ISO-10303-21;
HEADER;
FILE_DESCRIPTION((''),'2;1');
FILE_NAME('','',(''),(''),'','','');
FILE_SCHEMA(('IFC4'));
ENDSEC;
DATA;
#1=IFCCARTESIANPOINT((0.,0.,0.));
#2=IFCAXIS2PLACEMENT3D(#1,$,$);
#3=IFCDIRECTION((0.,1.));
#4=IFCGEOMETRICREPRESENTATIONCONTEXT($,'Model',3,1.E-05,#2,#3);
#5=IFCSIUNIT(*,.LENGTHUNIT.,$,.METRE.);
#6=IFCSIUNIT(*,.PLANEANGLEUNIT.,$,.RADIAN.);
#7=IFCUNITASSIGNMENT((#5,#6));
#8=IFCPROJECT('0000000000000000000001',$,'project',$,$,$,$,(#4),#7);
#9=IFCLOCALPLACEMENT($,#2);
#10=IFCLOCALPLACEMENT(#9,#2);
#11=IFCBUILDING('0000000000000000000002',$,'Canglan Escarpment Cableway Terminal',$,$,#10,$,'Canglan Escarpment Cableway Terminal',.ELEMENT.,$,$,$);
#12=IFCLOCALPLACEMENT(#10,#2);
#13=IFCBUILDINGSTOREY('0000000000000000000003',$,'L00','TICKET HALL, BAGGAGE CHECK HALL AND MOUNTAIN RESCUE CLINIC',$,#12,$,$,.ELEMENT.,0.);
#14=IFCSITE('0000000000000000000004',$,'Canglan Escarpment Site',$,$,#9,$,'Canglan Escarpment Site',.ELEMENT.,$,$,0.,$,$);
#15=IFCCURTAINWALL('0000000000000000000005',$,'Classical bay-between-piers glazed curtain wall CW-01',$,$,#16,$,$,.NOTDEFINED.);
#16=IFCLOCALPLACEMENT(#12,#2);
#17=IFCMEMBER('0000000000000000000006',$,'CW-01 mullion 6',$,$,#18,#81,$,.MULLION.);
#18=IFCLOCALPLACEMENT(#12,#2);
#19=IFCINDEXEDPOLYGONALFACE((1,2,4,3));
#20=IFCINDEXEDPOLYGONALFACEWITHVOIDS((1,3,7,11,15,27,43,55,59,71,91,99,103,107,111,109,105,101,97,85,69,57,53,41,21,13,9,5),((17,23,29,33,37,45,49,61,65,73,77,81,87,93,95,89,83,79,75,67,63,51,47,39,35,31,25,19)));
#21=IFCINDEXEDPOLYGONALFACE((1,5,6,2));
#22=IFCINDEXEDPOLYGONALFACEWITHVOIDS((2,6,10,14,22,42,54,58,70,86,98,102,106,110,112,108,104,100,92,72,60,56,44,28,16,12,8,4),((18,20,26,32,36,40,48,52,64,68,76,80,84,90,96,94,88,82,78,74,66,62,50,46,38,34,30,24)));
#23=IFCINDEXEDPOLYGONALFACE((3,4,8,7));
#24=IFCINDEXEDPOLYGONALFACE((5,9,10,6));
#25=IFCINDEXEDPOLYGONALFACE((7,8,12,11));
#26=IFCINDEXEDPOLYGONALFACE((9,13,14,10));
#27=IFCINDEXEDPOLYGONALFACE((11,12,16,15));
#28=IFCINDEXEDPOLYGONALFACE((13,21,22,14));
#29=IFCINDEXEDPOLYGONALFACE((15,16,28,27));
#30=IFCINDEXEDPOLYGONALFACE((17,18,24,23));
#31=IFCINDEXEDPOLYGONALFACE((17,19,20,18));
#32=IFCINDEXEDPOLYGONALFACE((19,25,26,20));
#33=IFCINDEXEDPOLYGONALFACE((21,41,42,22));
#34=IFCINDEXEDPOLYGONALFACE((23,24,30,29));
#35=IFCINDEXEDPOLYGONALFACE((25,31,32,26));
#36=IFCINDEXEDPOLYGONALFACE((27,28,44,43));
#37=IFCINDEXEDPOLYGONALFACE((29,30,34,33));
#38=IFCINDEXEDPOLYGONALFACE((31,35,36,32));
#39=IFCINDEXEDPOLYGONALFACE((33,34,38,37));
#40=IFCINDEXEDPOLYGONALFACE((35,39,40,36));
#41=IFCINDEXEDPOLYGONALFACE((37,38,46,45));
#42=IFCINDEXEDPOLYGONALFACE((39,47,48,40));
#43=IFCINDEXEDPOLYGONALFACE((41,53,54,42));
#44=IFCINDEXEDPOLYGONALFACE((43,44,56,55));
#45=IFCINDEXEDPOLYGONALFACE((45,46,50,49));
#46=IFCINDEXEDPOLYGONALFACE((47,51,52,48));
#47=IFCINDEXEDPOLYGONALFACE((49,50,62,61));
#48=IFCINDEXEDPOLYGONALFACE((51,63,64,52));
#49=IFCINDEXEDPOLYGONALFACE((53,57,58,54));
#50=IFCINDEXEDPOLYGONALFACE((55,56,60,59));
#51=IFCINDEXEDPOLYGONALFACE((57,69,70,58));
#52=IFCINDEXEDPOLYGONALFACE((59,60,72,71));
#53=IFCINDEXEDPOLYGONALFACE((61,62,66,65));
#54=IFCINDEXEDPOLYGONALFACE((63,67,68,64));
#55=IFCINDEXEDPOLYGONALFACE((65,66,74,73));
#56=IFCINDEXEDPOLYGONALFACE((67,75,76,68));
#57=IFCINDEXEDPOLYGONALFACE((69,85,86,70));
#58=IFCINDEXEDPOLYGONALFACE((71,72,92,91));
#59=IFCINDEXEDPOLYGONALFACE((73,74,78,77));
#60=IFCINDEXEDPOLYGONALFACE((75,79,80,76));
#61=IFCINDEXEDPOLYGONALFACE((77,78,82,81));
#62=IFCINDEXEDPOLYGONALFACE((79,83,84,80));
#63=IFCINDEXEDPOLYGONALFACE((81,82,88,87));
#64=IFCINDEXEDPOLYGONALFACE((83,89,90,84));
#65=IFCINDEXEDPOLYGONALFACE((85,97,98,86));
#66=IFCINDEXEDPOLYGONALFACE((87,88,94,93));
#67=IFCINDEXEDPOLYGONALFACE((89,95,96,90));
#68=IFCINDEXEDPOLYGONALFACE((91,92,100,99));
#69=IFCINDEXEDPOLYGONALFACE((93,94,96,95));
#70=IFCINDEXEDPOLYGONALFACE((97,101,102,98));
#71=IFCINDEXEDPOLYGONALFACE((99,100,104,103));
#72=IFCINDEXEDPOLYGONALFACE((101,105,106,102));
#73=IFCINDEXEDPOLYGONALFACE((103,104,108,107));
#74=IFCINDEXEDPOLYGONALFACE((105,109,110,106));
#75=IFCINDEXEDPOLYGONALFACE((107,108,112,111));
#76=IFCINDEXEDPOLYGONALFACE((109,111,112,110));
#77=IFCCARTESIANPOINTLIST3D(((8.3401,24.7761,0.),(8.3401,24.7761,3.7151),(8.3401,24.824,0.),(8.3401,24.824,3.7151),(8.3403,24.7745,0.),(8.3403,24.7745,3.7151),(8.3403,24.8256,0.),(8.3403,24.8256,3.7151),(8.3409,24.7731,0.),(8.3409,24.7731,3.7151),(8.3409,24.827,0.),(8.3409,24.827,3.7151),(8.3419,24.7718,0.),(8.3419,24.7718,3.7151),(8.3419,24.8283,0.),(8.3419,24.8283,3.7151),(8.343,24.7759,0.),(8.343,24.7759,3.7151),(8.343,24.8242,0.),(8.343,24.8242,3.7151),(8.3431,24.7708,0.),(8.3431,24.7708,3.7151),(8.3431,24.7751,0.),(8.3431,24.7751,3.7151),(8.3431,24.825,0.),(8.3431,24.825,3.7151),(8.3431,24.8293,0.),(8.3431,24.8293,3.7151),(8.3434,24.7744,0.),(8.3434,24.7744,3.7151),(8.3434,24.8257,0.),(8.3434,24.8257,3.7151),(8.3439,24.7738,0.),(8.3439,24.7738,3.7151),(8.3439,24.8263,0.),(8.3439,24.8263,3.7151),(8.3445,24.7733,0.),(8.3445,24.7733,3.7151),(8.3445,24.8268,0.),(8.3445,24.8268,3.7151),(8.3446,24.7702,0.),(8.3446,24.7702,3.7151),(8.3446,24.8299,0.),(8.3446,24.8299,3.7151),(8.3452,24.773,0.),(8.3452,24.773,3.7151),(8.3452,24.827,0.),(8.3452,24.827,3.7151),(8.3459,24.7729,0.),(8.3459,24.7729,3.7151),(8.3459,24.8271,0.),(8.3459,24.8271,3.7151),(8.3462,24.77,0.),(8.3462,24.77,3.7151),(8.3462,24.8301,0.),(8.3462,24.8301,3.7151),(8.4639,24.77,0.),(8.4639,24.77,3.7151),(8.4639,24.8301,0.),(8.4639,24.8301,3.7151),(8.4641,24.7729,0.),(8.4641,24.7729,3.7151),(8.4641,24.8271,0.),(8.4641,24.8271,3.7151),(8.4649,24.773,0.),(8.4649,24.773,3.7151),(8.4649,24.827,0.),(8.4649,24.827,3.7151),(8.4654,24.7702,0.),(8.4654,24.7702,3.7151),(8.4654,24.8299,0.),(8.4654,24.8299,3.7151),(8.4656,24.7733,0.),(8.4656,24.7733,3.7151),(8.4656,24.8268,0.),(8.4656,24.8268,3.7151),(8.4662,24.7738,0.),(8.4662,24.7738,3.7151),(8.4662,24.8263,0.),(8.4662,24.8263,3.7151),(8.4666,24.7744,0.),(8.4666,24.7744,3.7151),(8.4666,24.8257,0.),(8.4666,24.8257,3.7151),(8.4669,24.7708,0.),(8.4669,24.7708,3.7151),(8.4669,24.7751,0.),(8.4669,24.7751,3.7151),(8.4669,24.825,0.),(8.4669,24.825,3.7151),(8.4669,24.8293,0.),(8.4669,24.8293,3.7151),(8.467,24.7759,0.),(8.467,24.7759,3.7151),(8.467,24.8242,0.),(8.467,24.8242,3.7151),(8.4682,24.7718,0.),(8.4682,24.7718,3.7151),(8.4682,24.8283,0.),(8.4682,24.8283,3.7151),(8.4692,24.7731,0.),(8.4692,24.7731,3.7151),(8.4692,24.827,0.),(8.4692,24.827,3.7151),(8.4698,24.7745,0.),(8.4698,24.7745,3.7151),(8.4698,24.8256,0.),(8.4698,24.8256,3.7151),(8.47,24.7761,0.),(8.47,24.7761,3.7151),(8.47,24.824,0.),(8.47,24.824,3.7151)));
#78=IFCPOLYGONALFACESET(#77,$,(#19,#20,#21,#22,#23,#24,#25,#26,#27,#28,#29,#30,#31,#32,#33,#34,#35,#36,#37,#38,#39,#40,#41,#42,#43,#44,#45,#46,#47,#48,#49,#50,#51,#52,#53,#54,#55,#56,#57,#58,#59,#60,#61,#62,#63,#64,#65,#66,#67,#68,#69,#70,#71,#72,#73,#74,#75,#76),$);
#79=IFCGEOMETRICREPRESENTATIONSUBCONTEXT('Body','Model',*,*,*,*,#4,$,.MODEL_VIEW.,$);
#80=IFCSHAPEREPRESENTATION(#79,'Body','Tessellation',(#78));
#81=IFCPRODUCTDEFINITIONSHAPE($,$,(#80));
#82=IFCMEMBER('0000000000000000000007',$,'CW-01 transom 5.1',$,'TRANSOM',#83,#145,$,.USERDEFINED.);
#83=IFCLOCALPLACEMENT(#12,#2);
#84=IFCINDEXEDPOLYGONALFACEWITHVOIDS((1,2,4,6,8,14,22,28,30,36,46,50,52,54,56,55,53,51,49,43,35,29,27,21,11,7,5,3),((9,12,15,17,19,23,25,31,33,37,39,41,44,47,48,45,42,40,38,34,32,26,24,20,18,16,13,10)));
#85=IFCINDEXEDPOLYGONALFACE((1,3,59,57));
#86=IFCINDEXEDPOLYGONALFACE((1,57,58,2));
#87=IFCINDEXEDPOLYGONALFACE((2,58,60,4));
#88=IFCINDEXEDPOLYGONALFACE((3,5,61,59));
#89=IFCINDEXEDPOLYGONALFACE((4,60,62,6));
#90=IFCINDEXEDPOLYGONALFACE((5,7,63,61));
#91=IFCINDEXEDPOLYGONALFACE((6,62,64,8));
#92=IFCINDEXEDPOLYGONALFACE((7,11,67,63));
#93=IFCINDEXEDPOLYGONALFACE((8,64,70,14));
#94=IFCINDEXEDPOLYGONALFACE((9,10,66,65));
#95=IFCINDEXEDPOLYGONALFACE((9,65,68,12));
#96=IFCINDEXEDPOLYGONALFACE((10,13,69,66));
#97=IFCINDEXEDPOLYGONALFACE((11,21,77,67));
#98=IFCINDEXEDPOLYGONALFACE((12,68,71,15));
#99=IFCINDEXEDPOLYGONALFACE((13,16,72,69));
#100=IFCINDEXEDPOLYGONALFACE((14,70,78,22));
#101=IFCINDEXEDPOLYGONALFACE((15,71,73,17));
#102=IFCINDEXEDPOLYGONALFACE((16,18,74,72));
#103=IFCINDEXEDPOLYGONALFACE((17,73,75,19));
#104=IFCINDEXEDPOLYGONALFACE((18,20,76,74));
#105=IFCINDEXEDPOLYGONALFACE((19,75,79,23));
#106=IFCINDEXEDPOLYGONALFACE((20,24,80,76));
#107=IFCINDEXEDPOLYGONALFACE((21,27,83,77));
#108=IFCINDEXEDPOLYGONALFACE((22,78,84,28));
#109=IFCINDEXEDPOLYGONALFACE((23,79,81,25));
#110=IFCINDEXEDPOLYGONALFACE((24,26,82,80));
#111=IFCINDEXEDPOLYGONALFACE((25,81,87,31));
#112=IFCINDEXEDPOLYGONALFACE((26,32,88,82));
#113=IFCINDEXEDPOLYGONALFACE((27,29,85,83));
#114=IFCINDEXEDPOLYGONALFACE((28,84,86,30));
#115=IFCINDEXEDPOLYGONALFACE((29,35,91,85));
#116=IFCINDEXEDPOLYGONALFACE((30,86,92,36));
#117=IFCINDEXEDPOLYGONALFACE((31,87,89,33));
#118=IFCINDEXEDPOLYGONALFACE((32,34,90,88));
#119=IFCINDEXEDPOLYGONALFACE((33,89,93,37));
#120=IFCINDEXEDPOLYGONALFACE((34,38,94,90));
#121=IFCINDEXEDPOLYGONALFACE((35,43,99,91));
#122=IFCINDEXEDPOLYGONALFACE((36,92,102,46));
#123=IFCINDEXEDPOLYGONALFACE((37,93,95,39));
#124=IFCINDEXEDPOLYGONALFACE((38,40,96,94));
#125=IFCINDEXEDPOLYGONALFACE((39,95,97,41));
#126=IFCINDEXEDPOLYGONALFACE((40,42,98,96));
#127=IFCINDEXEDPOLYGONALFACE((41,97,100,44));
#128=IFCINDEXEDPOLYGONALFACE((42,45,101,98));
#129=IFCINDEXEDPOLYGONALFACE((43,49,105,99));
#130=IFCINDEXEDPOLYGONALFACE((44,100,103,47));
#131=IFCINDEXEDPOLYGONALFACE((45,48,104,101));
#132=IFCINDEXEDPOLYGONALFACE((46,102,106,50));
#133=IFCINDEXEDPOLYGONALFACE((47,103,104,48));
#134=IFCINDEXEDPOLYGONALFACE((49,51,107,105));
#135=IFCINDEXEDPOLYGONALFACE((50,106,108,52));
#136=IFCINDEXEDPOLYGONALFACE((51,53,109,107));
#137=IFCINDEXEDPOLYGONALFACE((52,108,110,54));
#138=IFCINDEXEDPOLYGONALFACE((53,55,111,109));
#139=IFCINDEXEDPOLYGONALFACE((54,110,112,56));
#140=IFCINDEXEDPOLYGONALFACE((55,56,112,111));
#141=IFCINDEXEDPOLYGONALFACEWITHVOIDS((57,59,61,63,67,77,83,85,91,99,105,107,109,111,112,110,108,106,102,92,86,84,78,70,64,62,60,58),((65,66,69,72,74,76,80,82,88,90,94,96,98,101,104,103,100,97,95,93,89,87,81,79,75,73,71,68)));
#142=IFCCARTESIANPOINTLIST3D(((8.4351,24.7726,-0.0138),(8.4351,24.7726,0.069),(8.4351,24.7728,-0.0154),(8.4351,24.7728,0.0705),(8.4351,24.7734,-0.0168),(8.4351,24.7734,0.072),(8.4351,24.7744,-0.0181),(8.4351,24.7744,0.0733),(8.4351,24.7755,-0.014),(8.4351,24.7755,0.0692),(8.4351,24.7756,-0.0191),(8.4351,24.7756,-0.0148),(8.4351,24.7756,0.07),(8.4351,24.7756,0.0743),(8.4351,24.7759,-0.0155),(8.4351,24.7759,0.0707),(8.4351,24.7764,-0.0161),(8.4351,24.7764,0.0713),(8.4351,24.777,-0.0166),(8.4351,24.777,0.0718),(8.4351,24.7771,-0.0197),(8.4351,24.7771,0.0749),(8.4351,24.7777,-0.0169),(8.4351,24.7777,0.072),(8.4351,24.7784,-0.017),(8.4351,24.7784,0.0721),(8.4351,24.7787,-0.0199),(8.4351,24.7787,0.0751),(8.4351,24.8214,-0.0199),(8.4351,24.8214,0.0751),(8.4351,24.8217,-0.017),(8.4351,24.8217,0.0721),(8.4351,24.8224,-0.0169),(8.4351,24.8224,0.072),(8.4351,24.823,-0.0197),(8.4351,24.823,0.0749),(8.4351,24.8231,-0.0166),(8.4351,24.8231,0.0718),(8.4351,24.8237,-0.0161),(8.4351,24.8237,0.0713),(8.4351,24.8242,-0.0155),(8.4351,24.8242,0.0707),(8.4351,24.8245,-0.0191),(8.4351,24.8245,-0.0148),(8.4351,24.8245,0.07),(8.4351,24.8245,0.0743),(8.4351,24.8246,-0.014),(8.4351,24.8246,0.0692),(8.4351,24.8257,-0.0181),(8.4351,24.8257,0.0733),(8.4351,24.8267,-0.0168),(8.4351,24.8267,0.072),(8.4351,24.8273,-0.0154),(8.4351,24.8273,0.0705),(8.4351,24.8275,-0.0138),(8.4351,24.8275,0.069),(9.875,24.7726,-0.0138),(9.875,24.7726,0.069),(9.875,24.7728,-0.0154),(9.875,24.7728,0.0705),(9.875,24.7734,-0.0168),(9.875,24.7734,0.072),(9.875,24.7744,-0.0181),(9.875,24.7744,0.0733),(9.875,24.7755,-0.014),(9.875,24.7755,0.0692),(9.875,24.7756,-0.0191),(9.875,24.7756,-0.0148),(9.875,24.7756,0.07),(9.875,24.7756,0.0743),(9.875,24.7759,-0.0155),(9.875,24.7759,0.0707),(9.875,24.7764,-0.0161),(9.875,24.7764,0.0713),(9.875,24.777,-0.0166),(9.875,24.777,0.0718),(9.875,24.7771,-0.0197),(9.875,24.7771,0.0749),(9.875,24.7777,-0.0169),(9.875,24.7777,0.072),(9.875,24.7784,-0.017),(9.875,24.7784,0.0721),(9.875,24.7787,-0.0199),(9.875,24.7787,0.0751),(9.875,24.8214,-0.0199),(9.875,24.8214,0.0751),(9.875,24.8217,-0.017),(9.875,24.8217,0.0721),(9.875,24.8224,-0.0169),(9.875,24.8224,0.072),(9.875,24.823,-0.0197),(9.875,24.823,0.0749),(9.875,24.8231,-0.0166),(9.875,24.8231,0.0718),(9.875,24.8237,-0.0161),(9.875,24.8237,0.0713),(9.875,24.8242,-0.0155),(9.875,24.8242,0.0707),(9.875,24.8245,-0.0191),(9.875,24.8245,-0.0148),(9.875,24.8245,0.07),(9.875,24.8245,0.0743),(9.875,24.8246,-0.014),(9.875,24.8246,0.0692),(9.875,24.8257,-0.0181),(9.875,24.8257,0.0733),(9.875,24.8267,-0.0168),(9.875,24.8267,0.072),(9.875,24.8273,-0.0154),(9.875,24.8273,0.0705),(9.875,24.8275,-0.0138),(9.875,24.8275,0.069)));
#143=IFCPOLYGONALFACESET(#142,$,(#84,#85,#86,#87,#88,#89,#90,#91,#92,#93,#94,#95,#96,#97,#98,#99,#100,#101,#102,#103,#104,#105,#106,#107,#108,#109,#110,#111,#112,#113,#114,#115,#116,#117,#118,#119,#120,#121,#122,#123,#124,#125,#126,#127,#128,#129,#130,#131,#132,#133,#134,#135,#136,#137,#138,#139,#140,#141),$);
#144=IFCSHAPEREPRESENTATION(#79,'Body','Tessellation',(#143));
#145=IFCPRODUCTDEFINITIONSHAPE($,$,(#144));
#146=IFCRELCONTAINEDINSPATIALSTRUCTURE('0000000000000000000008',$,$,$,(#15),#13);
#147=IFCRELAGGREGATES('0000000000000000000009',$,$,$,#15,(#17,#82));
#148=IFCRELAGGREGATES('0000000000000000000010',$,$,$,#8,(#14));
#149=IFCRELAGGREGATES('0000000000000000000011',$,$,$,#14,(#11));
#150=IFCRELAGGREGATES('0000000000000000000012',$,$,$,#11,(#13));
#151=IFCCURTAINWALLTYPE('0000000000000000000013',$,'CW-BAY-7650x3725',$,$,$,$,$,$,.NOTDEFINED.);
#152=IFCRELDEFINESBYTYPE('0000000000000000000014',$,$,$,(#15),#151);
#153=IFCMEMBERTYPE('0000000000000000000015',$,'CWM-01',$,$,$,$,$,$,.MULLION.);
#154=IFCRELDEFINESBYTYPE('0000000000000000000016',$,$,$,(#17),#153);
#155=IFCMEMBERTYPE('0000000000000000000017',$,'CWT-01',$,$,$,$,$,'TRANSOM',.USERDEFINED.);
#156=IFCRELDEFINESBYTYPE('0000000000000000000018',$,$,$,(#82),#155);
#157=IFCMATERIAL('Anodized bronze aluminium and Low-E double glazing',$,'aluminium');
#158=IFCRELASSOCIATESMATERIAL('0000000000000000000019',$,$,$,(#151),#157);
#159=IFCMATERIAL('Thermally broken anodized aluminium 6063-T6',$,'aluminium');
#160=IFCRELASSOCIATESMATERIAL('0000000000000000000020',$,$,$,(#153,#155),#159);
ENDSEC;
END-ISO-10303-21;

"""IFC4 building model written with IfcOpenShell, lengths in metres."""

from ifc_helpers import new_model, si_unit, direction, frame, origin, origin_2d, place, context, subcontext, project, spatial, hollow_rectangle, extrude, material, material_profile, profile_set, type_object, element, aggregate, save


model = new_model("IFC4")

# Units and contexts
model_context = context("Model", 3, precision=1e-05, world=origin(), true_north=direction((0.0, 1.0)))
body_context = subcontext(model_context, "Body", "Model", "MODEL_VIEW")
ifc_project = project(units=[si_unit("LENGTHUNIT", "METRE"), si_unit("PLANEANGLEUNIT", "RADIAN")], contexts=[model_context])

# Site, building, storey
site_placement = place(None, origin())
site = spatial("IfcSite", under=ifc_project, at=site_placement, Name="Canglan Escarpment Site", LongName="Canglan Escarpment Site", CompositionType="ELEMENT", RefElevation=0.0)
building_placement = place(site_placement, origin())
building = spatial("IfcBuilding", under=site, at=building_placement, Name="Canglan Escarpment Cableway Terminal", LongName="Canglan Escarpment Cableway Terminal", CompositionType="ELEMENT")
storey_placement = place(building_placement, origin())
storey = spatial("IfcBuildingStorey", under=building, at=storey_placement, Name="L00", Description="TICKET HALL, BAGGAGE CHECK HALL AND MOUNTAIN RESCUE CLINIC", CompositionType="ELEMENT", Elevation=0.0)

# Curtain wall, members
ifc_material_1 = material(Name="Anodized bronze aluminium and Low-E double glazing", Category="aluminium")
curtain_wall_type = type_object("IfcCurtainWallType", Name="CW-BAY-7650x3725", PredefinedType="NOTDEFINED", material=ifc_material_1)
curtain_wall_placement = place(storey_placement, origin())
curtain_wall = element("IfcCurtainWall", 1, at=curtain_wall_placement, inside=storey, type_object=curtain_wall_type, Name="Classical bay-between-piers glazed curtain wall CW-01", PredefinedType="NOTDEFINED")
ifc_material_2 = material(Name="Thermally broken anodized aluminium 6063-T6", Category="aluminium")
ifc_material_profile_1 = material_profile(ifc_material_2, hollow_rectangle(XDim=0.0601, YDim=0.1299, WallThickness=0.0029, InnerFilletRadius=0.0029, OuterFilletRadius=0.0061, at=origin_2d()), Name="ALU-MULL 60x130x3")
ifc_profile_set_1 = profile_set([ifc_material_profile_1], Name="Thermally broken anodized aluminium 6063-T6")
member_type_1 = type_object("IfcMemberType", Name="CWM-01", PredefinedType="MULLION", material=ifc_profile_set_1)
member_1_placement = place(storey_placement, frame((8.405, 24.8, 0.0), z_axis=(0.0, 0.0, 1.0), x_axis=(0.0, -1.0, 0.0)))
member_1 = element("IfcMember", 2, at=member_1_placement, type_object=member_type_1, Name="CW-01 mullion 6", PredefinedType="MULLION", context=body_context, shape_type="SweptSolid", body=[
    extrude(hollow_rectangle(XDim=0.0601, YDim=0.1299, WallThickness=0.0029, InnerFilletRadius=0.0029, OuterFilletRadius=0.0061, at=origin_2d()), origin(), (0.0, 0.0, 1.0), 3.7151),
])
ifc_material_profile_2 = material_profile(ifc_material_2, hollow_rectangle(XDim=0.0549, YDim=0.095, WallThickness=0.0029, InnerFilletRadius=0.0029, OuterFilletRadius=0.0061, at=origin_2d()), Name="ALU-TRAN 55x95x3")
ifc_profile_set_2 = profile_set([ifc_material_profile_2], Name="Thermally broken anodized aluminium 6063-T6")
member_type_2 = type_object("IfcMemberType", Name="CWT-01", ElementType="TRANSOM", PredefinedType="USERDEFINED", material=ifc_profile_set_2)
member_2_placement = place(storey_placement, frame((9.875, 24.8, 0.0276), z_axis=(-1.0, 0.0, 0.0), x_axis=(0.0, -1.0, 0.0)))
member_2 = element("IfcMember", 3, at=member_2_placement, type_object=member_type_2, Name="CW-01 transom 5.1", ObjectType="TRANSOM", PredefinedType="USERDEFINED", context=body_context, shape_type="SweptSolid", body=[
    extrude(hollow_rectangle(XDim=0.0549, YDim=0.095, WallThickness=0.0029, InnerFilletRadius=0.0029, OuterFilletRadius=0.0061, at=origin_2d()), origin(), (0.0, 0.0, 1.0), 1.4399),
])

aggregate(curtain_wall, [member_1, member_2])

save(model, "model.ifc")
